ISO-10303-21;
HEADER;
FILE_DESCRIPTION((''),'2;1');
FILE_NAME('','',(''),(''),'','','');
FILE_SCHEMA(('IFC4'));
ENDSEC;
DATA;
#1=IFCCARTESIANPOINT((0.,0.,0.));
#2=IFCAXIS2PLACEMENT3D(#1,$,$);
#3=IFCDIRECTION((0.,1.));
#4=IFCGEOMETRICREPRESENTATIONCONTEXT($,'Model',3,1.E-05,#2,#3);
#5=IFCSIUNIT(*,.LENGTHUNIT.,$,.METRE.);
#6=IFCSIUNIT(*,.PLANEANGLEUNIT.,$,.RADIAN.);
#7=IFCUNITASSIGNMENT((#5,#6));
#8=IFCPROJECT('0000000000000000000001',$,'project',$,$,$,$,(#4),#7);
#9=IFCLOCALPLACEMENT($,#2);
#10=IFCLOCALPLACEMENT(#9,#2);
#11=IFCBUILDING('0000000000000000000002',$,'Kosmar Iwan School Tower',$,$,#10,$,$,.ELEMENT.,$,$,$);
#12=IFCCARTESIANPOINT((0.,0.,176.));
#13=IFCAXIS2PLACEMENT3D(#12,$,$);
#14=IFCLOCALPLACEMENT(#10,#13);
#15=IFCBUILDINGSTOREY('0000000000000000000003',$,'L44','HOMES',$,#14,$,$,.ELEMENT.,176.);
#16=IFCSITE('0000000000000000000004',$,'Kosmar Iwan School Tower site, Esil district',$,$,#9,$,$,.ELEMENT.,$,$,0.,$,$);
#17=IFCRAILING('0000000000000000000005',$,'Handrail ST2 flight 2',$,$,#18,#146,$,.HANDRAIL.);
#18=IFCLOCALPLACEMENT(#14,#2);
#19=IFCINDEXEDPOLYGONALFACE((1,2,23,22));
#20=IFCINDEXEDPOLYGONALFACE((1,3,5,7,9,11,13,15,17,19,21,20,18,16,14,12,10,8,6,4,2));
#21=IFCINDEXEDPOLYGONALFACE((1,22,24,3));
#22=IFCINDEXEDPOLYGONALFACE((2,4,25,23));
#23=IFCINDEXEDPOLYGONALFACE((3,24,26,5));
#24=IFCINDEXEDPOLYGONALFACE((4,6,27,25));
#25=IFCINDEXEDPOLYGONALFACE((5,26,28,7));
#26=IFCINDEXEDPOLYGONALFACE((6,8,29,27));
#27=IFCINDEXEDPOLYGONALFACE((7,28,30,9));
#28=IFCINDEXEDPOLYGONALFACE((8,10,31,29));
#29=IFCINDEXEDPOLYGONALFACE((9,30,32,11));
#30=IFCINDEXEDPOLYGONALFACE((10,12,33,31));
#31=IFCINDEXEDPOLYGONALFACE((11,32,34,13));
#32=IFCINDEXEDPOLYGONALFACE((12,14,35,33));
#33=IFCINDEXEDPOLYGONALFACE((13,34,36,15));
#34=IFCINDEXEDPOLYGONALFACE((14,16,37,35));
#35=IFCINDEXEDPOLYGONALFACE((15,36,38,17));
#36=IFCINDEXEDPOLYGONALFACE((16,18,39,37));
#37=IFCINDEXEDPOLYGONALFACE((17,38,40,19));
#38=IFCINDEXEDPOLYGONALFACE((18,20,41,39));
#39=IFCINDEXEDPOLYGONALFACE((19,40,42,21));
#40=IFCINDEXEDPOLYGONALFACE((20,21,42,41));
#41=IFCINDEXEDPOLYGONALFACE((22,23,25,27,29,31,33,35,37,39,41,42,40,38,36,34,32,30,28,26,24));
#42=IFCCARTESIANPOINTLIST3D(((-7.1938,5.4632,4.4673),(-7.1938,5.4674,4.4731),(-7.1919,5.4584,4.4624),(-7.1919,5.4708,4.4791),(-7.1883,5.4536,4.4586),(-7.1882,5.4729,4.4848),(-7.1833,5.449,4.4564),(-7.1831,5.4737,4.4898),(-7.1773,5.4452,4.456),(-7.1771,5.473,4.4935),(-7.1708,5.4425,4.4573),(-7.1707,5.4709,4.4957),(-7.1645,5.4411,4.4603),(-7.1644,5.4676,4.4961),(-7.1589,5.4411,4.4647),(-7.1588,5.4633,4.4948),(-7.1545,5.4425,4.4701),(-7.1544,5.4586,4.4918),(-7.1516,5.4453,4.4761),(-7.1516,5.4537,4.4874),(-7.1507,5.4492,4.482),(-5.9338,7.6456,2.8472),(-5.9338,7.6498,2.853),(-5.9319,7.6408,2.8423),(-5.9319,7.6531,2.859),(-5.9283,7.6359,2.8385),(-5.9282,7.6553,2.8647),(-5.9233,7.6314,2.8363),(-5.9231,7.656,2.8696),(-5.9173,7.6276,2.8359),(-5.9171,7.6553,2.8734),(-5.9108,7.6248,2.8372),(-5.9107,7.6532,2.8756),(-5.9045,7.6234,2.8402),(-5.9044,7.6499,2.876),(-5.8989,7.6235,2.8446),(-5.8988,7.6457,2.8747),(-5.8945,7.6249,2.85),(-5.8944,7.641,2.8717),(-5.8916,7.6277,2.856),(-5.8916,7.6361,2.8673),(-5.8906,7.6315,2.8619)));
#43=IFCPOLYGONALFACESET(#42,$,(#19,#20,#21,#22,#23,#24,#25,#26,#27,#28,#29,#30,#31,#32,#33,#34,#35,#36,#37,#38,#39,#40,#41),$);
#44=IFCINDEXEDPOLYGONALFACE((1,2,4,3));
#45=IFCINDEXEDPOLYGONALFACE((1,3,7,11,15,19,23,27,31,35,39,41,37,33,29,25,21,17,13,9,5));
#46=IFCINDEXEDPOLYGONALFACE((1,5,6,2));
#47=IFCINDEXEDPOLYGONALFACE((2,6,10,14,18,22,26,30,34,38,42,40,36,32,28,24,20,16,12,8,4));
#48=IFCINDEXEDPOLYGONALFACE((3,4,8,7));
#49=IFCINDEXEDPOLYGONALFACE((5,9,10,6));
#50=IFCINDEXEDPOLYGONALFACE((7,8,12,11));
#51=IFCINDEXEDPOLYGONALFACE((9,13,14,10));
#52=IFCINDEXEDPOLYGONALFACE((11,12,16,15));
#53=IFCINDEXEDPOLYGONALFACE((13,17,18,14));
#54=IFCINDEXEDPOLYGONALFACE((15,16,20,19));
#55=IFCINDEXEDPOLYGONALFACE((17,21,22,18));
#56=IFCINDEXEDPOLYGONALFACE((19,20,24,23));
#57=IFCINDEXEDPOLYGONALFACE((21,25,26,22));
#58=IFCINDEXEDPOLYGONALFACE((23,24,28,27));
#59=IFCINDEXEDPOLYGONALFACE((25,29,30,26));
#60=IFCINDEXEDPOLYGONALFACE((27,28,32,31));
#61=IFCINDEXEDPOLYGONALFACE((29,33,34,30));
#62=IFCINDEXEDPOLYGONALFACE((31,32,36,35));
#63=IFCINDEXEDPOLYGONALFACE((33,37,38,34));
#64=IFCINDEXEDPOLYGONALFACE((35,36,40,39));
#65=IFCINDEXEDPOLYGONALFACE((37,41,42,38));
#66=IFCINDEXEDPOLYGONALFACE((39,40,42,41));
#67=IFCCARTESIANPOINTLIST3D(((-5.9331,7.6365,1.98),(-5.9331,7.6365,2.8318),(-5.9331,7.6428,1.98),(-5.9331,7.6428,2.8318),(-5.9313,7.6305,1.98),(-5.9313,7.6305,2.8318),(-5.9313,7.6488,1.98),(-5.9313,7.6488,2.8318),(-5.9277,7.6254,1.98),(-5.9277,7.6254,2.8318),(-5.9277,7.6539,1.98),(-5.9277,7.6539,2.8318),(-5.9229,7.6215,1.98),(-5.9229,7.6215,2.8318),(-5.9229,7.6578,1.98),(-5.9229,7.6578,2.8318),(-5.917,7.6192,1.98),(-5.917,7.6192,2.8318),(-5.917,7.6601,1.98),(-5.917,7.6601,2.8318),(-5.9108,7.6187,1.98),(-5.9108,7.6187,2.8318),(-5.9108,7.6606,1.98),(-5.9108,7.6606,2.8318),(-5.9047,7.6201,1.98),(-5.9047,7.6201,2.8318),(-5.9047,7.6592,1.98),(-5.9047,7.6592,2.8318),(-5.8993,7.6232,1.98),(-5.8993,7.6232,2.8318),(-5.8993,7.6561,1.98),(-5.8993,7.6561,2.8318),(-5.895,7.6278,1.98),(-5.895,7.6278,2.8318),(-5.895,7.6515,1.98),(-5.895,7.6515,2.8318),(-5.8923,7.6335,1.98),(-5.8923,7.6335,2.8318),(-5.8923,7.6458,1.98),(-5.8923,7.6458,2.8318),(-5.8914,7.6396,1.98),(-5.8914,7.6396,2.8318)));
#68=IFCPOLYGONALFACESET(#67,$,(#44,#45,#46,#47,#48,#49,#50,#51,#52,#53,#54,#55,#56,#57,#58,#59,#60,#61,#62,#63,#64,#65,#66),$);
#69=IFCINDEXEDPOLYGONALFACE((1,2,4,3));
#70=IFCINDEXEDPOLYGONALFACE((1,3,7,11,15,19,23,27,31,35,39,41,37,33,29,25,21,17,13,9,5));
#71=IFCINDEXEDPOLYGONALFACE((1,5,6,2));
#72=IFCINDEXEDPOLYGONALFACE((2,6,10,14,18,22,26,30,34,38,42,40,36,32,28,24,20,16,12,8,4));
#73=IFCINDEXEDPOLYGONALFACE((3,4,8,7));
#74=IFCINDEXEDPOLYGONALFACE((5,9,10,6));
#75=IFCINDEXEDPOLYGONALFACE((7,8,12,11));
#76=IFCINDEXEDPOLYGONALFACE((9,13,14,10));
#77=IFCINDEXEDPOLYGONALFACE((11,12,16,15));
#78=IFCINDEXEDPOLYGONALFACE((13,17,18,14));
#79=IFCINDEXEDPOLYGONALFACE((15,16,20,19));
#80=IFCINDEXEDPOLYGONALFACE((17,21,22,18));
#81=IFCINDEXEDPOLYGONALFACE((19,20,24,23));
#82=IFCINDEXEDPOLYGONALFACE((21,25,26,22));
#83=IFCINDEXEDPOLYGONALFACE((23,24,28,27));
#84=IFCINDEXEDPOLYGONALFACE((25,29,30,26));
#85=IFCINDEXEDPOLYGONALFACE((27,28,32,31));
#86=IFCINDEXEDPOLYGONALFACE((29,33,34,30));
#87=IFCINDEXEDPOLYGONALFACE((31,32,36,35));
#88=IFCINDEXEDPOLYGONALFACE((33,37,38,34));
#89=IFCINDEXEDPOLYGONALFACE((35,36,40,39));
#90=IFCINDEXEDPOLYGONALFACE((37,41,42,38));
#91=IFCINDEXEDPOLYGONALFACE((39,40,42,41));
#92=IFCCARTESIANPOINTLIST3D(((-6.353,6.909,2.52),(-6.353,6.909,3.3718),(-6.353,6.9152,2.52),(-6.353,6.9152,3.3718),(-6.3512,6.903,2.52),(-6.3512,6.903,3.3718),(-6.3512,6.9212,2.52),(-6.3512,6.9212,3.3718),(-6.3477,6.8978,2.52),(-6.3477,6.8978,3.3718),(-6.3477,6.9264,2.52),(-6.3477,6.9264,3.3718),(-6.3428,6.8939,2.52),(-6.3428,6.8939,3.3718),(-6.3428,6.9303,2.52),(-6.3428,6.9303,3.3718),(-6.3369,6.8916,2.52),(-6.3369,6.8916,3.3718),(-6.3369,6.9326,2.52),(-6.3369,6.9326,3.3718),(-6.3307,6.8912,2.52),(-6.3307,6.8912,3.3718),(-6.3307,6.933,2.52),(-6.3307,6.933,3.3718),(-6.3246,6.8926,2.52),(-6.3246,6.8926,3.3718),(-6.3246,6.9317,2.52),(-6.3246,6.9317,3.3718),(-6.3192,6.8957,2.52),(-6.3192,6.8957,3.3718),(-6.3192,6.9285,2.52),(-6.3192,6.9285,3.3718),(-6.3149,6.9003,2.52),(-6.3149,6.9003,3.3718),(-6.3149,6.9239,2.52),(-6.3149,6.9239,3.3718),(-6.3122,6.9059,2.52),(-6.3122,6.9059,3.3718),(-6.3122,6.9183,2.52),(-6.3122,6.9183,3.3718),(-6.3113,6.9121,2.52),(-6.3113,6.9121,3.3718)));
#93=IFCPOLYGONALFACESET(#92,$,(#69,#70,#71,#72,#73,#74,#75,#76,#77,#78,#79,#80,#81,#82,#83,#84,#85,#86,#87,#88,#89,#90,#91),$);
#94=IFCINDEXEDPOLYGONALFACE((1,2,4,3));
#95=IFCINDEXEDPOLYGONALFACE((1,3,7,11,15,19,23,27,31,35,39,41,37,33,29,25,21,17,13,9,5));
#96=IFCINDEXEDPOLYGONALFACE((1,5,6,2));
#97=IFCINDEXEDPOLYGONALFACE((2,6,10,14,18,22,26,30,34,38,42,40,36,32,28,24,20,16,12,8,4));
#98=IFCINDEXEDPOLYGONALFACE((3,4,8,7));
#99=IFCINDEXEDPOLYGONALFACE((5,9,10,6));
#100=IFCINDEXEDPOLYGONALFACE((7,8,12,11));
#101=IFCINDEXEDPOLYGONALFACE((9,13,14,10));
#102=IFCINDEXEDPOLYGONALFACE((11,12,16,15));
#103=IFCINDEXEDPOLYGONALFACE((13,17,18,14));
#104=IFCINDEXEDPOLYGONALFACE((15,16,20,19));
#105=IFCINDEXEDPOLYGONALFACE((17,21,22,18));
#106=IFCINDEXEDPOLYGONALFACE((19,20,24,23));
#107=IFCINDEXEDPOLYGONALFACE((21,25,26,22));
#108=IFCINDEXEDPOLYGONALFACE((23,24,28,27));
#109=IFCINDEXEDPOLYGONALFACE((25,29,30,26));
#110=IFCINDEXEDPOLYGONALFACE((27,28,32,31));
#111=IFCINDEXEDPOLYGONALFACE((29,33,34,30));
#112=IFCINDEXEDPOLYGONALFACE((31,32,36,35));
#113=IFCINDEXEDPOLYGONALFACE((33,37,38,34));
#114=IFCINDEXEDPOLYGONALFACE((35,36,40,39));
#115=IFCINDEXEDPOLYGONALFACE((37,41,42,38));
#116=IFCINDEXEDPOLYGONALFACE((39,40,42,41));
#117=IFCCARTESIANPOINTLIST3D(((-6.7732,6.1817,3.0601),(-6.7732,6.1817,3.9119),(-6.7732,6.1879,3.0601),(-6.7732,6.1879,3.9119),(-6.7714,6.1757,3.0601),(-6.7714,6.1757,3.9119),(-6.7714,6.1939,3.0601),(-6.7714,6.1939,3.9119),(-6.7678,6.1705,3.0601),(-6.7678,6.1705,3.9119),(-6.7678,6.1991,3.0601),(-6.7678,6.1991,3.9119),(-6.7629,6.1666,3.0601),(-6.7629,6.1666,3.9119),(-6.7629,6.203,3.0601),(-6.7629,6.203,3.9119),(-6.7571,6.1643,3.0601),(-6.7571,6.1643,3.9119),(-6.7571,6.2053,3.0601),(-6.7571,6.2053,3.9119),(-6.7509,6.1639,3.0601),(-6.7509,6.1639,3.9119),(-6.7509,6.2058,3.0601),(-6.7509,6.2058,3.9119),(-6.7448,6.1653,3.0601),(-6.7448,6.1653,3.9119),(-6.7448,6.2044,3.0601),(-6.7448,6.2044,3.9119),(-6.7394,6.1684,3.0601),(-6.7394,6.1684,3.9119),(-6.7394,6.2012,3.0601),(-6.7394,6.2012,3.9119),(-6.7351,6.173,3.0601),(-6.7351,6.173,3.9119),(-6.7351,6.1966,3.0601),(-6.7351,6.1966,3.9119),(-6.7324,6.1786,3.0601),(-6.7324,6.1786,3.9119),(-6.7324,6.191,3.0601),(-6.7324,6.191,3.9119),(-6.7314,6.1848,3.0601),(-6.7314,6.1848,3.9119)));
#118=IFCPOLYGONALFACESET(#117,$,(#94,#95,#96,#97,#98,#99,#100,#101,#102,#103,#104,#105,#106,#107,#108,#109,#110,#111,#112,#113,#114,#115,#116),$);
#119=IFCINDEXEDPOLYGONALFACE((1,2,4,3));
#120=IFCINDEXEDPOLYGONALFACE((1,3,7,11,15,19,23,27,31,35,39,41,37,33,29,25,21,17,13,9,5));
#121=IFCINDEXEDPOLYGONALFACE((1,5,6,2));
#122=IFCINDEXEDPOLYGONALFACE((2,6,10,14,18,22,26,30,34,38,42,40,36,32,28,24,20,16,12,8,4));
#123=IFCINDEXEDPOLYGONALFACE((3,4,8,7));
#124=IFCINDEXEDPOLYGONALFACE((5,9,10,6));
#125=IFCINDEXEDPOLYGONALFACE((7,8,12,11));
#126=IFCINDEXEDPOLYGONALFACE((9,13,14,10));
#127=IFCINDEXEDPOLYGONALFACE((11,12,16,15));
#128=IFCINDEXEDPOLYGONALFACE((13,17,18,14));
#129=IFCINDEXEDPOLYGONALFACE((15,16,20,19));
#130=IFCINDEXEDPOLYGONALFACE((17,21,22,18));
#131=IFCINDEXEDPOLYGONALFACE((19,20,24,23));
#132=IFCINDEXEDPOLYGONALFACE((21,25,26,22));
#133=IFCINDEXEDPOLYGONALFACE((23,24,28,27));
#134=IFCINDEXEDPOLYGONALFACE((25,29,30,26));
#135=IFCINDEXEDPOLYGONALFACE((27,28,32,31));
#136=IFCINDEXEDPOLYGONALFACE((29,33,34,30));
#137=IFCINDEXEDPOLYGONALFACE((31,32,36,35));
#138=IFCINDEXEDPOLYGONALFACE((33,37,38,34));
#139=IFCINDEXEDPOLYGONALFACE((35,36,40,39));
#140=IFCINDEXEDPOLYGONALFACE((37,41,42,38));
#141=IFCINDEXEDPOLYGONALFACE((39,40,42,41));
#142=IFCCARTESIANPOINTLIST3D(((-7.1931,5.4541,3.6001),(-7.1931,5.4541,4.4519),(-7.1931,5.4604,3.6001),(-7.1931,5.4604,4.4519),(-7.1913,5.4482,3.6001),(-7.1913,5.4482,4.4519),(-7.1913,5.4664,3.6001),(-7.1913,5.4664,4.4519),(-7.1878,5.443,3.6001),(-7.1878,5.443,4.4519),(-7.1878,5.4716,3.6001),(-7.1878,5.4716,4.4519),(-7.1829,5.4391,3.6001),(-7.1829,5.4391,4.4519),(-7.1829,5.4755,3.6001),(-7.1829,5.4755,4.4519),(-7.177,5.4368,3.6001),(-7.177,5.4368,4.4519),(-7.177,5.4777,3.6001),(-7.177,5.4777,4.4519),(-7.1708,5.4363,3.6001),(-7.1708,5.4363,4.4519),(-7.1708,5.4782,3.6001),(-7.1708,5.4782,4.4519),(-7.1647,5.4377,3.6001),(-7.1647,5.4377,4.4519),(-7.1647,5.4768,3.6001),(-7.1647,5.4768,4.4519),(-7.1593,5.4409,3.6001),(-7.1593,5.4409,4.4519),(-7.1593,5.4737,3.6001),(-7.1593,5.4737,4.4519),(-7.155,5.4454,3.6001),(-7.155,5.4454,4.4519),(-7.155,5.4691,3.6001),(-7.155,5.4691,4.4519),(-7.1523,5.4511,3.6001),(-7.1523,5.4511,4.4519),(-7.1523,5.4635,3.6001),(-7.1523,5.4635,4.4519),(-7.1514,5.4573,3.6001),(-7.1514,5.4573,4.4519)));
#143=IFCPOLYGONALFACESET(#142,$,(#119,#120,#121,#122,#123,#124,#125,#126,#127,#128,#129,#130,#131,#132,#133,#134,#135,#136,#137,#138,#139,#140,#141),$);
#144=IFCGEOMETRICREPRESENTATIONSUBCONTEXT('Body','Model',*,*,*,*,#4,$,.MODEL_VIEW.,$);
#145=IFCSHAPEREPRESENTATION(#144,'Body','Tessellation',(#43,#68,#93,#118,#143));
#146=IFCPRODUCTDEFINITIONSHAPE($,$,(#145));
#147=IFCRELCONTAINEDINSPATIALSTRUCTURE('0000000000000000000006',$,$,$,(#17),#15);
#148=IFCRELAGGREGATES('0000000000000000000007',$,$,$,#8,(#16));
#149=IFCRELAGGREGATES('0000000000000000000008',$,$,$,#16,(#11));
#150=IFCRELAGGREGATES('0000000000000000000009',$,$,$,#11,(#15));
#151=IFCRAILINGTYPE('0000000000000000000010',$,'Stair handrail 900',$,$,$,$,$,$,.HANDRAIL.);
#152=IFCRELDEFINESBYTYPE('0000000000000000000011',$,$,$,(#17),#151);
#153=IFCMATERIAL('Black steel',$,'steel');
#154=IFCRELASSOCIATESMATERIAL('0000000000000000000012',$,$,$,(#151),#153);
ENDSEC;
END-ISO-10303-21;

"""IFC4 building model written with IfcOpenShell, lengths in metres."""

from ifc_helpers import new_model, si_unit, direction, frame, origin, origin_2d, place, context, subcontext, project, spatial, circle, extrude, material, type_object, element, save


model = new_model("IFC4")

# Units and contexts
model_context = context("Model", 3, precision=1e-05, world=origin(), true_north=direction((0.0, 1.0)))
body_context = subcontext(model_context, "Body", "Model", "MODEL_VIEW")
ifc_project = project(units=[si_unit("LENGTHUNIT", "METRE"), si_unit("PLANEANGLEUNIT", "RADIAN")], contexts=[model_context])

# Site, building, storey
site_placement = place(None, origin())
site = spatial("IfcSite", under=ifc_project, at=site_placement, Name="Kosmar Iwan School Tower site, Esil district", CompositionType="ELEMENT", RefElevation=0.0)
building_placement = place(site_placement, origin())
building = spatial("IfcBuilding", under=site, at=building_placement, Name="Kosmar Iwan School Tower", CompositionType="ELEMENT")
storey_placement = place(building_placement, frame((0.0, 0.0, 176.0)))
storey = spatial("IfcBuildingStorey", under=building, at=storey_placement, Name="L44", Description="HOMES", CompositionType="ELEMENT", Elevation=176.0)

# Railing
ifc_material_1 = material(Name="Black steel", Category="steel")
railing_type = type_object("IfcRailingType", Name="Stair handrail 900", PredefinedType="HANDRAIL", material=ifc_material_1)
railing_placement = place(storey_placement, frame((-5.9124, 7.6396, 1.98)))
element("IfcRailing", 1, at=railing_placement, inside=storey, type_object=railing_type, Name="Handrail ST2 flight 2", PredefinedType="HANDRAIL", context=body_context, shape_type="SweptSolid", body=[
    extrude(circle(Radius=0.0239, at=origin_2d()), frame((0.0, 0.0, 0.876), z_axis=(-0.420584, -0.728464, 0.540786), x_axis=(0.866023, -0.500005, 0.0)), (0.0, 0.0, 1.0), 2.9958),
    extrude(circle(Radius=0.021, at=origin_2d()), origin(), (0.0, 0.0, 1.0), 0.8518),
    extrude(circle(Radius=0.021, at=origin_2d()), frame((-0.4199, -0.7275, 0.54)), (0.0, 0.0, 1.0), 0.8518),
    extrude(circle(Radius=0.021, at=origin_2d()), frame((-0.8401, -1.4548, 1.0801)), (0.0, 0.0, 1.0), 0.8518),
    extrude(circle(Radius=0.021, at=origin_2d()), frame((-1.26, -2.1824, 1.6201)), (0.0, 0.0, 1.0), 0.8518),
])

save(model, "model.ifc")
